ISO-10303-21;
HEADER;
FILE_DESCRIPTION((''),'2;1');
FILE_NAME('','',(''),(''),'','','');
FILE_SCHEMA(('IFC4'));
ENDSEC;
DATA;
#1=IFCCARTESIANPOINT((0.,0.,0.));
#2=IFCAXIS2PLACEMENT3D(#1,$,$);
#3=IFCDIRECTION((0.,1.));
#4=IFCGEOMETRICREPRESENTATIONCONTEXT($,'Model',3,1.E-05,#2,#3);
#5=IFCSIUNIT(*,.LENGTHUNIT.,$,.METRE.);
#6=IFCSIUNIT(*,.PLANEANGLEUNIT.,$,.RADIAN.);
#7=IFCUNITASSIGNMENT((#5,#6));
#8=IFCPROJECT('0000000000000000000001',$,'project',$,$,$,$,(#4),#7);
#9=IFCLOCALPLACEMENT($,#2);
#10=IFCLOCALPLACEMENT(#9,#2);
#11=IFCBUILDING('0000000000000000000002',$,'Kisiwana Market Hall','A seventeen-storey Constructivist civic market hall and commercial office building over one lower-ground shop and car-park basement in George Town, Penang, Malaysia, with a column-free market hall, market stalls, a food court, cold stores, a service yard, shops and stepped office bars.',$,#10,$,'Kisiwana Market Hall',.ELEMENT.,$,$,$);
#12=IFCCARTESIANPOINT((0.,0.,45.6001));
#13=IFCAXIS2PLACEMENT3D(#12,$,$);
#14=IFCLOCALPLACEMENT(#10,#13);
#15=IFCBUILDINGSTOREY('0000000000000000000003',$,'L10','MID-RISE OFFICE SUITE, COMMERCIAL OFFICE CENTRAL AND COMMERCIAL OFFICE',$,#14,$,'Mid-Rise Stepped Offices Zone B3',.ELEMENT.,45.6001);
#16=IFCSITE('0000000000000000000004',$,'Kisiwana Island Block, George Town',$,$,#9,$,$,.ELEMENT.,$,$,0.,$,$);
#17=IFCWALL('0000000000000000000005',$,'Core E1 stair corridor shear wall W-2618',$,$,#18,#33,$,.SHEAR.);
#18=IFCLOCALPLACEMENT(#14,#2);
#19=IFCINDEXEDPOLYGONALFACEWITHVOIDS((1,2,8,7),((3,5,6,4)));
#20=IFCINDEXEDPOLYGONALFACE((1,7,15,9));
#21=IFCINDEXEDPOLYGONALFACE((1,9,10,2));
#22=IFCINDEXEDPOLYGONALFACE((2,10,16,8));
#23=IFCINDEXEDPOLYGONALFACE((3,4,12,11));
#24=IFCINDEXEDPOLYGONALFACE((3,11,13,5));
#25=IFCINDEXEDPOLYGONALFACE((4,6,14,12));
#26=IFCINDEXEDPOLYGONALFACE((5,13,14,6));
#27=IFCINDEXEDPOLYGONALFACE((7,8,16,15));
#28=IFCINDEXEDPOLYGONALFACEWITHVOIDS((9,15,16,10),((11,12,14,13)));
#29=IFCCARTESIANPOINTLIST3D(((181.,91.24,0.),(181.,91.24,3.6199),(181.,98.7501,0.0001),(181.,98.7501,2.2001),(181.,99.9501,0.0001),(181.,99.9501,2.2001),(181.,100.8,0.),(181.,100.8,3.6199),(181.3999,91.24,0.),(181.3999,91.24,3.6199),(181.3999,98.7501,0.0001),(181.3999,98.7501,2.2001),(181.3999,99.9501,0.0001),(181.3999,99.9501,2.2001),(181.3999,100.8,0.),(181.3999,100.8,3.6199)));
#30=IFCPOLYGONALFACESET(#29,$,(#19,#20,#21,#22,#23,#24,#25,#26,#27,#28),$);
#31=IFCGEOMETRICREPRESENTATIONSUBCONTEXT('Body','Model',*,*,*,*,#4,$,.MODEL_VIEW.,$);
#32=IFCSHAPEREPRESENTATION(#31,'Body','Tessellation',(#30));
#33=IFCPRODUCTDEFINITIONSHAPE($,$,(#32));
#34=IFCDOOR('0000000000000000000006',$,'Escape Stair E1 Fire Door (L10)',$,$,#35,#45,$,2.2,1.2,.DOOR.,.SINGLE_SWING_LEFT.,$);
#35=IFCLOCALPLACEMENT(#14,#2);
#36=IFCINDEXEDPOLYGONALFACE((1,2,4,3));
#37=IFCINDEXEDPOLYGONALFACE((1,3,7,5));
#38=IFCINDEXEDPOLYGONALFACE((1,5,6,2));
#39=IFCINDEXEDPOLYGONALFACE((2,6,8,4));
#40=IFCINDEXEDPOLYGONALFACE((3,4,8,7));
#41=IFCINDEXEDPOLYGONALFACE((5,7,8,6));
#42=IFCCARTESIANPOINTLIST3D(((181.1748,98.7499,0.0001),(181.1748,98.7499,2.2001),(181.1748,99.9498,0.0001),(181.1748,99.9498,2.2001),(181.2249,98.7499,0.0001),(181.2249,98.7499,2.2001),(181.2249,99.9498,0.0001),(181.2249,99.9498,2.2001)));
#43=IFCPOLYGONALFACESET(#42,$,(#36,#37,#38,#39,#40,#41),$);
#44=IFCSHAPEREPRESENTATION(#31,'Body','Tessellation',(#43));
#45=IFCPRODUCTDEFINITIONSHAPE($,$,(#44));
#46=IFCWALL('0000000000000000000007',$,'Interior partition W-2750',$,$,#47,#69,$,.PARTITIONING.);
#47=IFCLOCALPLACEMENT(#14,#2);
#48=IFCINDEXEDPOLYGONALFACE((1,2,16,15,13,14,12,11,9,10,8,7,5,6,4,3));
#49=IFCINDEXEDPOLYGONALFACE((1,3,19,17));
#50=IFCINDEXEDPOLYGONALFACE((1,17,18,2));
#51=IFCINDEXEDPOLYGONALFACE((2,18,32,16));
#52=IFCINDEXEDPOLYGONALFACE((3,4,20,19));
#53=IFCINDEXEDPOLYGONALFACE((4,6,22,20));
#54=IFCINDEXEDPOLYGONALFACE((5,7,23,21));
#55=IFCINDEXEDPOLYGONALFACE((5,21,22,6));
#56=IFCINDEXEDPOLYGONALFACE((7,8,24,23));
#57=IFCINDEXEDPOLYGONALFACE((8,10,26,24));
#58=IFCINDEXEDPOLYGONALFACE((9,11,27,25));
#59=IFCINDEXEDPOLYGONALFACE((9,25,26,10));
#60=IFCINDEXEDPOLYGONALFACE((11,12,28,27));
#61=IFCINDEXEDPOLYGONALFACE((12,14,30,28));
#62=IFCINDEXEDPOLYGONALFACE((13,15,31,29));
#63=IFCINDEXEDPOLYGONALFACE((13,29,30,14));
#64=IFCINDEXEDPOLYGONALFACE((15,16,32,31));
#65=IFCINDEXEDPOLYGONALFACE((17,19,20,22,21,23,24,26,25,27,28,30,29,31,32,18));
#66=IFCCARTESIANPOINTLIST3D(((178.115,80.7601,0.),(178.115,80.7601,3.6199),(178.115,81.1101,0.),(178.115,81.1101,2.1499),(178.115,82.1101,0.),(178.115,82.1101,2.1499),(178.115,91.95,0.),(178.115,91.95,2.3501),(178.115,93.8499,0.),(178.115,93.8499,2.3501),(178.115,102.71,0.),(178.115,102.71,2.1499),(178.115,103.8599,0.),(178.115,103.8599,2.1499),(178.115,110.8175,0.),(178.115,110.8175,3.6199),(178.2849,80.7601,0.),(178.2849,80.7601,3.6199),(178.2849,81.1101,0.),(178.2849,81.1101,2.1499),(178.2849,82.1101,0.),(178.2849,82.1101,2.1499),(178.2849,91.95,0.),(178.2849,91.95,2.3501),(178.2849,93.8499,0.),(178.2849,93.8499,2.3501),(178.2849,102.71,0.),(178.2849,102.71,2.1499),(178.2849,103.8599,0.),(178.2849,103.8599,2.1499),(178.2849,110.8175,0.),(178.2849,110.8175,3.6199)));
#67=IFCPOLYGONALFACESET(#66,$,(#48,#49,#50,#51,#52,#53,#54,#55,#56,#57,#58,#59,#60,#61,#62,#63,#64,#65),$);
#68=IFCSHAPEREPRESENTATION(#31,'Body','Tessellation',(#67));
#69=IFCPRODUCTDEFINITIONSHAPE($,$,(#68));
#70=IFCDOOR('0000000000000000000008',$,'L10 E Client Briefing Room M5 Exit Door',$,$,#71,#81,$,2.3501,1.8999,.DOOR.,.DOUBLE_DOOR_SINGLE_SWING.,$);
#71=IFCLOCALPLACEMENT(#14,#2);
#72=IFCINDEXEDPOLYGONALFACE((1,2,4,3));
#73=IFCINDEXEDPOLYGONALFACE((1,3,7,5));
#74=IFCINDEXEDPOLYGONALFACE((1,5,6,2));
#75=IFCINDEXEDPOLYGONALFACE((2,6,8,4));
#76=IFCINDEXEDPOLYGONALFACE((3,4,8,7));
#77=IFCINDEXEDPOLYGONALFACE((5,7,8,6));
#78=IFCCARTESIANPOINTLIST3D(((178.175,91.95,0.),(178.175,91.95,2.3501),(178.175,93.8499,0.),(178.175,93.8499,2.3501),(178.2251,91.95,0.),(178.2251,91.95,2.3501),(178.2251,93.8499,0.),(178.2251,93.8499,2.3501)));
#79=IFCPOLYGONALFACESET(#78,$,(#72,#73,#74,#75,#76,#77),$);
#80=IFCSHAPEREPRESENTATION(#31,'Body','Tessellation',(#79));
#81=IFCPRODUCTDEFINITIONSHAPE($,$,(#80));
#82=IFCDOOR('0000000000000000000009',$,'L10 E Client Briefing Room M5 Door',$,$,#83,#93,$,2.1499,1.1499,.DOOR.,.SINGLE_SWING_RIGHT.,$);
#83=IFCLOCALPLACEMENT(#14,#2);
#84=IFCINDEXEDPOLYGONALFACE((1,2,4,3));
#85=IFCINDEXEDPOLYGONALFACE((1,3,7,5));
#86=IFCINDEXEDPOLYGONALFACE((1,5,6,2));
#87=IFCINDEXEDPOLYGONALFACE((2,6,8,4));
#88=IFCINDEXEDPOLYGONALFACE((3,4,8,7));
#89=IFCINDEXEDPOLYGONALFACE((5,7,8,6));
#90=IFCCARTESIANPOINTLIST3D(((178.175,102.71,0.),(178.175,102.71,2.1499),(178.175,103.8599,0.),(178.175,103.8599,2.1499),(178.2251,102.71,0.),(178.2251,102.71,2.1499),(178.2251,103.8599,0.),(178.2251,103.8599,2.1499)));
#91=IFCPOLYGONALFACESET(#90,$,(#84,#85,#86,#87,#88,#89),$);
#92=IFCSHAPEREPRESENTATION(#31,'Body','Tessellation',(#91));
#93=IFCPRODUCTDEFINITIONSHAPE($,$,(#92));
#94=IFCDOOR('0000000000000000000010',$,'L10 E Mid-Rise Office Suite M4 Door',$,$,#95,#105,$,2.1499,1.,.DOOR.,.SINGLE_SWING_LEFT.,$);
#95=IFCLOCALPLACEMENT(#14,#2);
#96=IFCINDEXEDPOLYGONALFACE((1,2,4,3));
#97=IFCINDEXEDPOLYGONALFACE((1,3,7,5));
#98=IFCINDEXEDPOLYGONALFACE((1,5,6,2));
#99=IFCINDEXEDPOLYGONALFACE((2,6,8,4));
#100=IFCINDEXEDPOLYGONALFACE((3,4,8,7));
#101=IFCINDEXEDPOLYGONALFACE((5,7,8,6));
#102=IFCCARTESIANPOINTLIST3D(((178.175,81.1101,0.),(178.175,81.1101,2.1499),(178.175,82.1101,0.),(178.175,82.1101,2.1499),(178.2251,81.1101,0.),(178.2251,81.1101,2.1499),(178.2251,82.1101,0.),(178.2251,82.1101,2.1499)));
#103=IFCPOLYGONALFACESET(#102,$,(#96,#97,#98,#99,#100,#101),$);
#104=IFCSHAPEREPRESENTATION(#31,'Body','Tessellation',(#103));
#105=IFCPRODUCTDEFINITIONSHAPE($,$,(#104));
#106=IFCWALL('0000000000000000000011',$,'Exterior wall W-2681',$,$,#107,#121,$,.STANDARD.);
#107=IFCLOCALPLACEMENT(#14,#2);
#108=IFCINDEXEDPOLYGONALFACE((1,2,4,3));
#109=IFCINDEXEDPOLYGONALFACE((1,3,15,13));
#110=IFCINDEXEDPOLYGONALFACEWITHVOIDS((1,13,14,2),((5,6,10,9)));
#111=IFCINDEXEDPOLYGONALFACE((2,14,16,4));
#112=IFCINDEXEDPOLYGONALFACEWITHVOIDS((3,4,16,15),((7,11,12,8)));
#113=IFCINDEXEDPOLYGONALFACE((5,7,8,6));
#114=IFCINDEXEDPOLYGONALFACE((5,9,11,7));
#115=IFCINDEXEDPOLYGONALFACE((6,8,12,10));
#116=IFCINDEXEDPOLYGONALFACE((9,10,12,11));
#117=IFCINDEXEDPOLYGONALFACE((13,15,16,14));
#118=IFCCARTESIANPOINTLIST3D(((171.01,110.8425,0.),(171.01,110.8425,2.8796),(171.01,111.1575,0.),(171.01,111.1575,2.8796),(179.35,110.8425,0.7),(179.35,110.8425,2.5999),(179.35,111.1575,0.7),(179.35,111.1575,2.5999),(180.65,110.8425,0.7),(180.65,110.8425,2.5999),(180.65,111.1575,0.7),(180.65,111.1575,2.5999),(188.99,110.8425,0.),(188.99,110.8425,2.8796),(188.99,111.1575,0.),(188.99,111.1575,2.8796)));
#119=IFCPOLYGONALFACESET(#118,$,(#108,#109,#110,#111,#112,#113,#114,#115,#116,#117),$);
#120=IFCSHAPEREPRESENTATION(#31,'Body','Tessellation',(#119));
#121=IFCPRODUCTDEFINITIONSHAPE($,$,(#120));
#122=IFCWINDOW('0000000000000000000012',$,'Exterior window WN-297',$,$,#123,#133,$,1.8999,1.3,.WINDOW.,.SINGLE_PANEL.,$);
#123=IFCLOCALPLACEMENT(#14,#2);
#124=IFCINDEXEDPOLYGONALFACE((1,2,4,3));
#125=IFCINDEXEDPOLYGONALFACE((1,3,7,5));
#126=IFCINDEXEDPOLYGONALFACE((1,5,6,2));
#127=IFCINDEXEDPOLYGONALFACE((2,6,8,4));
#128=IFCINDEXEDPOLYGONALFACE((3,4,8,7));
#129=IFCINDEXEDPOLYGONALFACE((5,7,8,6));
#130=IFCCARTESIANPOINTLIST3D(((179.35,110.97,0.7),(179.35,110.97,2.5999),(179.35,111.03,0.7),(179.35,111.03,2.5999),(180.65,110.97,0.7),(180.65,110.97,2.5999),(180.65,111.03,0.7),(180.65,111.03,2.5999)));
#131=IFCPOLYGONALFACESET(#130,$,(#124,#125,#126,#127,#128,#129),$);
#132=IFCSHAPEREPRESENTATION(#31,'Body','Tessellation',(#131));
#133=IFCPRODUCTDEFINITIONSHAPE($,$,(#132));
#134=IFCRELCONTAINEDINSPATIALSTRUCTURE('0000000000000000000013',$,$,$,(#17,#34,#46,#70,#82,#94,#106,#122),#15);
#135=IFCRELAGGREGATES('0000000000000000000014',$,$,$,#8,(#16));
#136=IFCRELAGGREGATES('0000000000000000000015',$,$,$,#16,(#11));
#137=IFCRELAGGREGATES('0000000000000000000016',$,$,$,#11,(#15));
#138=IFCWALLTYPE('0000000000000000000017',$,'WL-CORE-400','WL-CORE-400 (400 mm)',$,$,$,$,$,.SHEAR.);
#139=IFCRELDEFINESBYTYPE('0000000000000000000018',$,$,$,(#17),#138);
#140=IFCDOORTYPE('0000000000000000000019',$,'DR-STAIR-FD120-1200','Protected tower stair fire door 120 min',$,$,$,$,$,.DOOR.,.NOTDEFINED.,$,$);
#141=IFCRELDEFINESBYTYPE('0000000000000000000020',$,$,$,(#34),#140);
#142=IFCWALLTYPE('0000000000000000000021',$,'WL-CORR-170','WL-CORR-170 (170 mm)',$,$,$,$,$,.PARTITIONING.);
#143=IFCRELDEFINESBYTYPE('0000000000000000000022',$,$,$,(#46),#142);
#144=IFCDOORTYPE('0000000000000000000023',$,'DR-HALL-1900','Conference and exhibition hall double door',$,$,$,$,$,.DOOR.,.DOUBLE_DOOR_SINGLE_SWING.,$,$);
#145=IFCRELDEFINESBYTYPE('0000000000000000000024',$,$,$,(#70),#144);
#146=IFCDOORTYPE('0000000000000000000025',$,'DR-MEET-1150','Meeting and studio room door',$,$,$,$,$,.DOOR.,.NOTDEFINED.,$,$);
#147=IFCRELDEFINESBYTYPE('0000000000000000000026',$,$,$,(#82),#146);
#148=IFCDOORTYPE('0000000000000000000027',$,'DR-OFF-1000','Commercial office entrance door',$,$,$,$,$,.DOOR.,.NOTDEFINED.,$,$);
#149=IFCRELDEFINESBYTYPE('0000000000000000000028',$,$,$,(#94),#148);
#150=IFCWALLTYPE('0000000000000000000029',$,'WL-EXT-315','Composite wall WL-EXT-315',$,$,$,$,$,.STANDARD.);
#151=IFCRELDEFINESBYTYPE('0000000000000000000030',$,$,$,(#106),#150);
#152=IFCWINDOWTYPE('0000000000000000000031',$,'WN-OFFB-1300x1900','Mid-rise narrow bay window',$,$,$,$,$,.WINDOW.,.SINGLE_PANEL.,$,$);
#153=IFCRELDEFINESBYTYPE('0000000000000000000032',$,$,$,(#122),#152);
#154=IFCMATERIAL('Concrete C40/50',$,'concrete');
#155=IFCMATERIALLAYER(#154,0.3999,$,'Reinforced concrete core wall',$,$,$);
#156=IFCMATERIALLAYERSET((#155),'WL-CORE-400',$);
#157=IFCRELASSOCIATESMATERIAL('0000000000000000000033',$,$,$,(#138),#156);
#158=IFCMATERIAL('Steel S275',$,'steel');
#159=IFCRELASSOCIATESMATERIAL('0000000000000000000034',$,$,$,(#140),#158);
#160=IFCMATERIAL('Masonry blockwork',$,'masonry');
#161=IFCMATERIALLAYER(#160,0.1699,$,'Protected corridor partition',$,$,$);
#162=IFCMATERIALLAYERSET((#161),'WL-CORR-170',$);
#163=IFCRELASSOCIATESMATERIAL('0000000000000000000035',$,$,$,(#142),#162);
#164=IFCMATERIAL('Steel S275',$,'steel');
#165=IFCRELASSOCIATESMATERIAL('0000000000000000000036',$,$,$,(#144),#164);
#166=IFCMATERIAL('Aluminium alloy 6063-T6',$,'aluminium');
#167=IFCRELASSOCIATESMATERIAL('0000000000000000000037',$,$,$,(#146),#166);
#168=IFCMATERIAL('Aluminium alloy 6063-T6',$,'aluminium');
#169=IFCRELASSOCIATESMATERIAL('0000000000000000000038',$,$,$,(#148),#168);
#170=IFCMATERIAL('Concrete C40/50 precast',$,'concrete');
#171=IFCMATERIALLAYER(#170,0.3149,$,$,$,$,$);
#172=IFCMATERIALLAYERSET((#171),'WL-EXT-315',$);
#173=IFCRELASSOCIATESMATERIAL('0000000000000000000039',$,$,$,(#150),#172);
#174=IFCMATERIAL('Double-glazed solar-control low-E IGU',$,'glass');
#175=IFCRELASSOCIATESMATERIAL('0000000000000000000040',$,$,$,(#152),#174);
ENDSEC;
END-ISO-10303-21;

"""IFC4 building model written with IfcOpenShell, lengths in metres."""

from ifc_helpers import new_model, si_unit, direction, frame, frame_2d, origin, place, context, subcontext, project, spatial, rectangle, extrude, material, layer, layer_set, type_object, element, fill, save


model = new_model("IFC4")

# Units and contexts
model_context = context("Model", 3, precision=1e-05, world=origin(), true_north=direction((0.0, 1.0)))
body_context = subcontext(model_context, "Body", "Model", "MODEL_VIEW")
ifc_project = project(units=[si_unit("LENGTHUNIT", "METRE"), si_unit("PLANEANGLEUNIT", "RADIAN")], contexts=[model_context])

# Site, building, storey
site_placement = place(None, origin())
site = spatial("IfcSite", under=ifc_project, at=site_placement, Name="Kisiwana Island Block, George Town", CompositionType="ELEMENT", RefElevation=0.0)
building_placement = place(site_placement, origin())
building = spatial("IfcBuilding", under=site, at=building_placement, Name="Kisiwana Market Hall", Description="A seventeen-storey Constructivist civic market hall and commercial office building over one lower-ground shop and car-park basement in George Town, Penang, Malaysia, with a column-free market hall, market stalls, a food court, cold stores, a service yard, shops and stepped office bars.", LongName="Kisiwana Market Hall", CompositionType="ELEMENT")
storey_placement = place(building_placement, frame((0.0, 0.0, 45.6001)))
storey = spatial("IfcBuildingStorey", under=building, at=storey_placement, Name="L10", Description="MID-RISE OFFICE SUITE, COMMERCIAL OFFICE CENTRAL AND COMMERCIAL OFFICE", LongName="Mid-Rise Stepped Offices Zone B3", CompositionType="ELEMENT", Elevation=45.6001)

# Shared definitions
ifc_material_1 = material(Name="Concrete C40/50", Category="concrete")
ifc_layer_1 = layer(ifc_material_1, 0.3999, Name="Reinforced concrete core wall")
ifc_layer_set_1 = layer_set([ifc_layer_1], Name="WL-CORE-400")
wall_type_1 = type_object("IfcWallType", Name="WL-CORE-400", Description="WL-CORE-400 (400 mm)", PredefinedType="SHEAR", material=ifc_layer_set_1)

# Wall, opening, door
wall_1_placement = place(storey_placement, frame((181.2, 91.24, 0.0), z_axis=(0.0, 0.0, 1.0), x_axis=(0.0, 1.0, 0.0)))
wall_1 = element("IfcWall", 1, at=wall_1_placement, inside=storey, type_object=wall_type_1, Name="Core E1 stair corridor shear wall W-2618", PredefinedType="SHEAR", context=body_context, shape_type="SweptSolid", body=[
    extrude(rectangle(XDim=9.5601, YDim=0.3999, at=frame_2d((4.78, 0.0))), origin(), (0.0, 0.0, 1.0), 3.6199),
])
opening_1_placement = place(wall_1_placement, frame((7.51, 0.0, 0.0)))
opening_1 = element("IfcOpeningElement", 2, at=opening_1_placement, cuts=wall_1, PredefinedType="OPENING", context=body_context, shape_type="SweptSolid", body=[
    extrude(rectangle(XDim=1.2, YDim=2.2, at=frame_2d((0.6001, 1.1001))), frame((0.0, 0.2119, 0.0), z_axis=(0.0, -1.0, 0.0), x_axis=(1.0, 0.0, 0.0)), (0.0, 0.0, 1.0), 0.4238),
])
ifc_material_2 = material(Name="Steel S275", Category="steel")
door_type_1 = type_object("IfcDoorType", Name="DR-STAIR-FD120-1200", Description="Protected tower stair fire door 120 min", OperationType="NOTDEFINED", PredefinedType="DOOR", material=ifc_material_2)
door_1_placement = place(opening_1_placement, frame((1.2, 0.0, 0.0), z_axis=(0.0, 0.0, 1.0), x_axis=(-1.0, 0.0, 0.0)))
door_1 = element("IfcDoor", 3, at=door_1_placement, inside=storey, type_object=door_type_1, Name="Escape Stair E1 Fire Door (L10)", OperationType="SINGLE_SWING_LEFT", OverallHeight=2.2, OverallWidth=1.2, PredefinedType="DOOR", context=body_context, shape_type="SweptSolid", body=[
    extrude(rectangle(XDim=1.2, YDim=2.2, at=frame_2d((0.6001, 1.1001))), frame((0.0, 0.0249, 0.0), z_axis=(0.0, -1.0, 0.0), x_axis=(1.0, 0.0, 0.0)), (0.0, 0.0, 1.0), 0.05),
])
fill(opening_1, door_1)

# Wall, openings, doors
ifc_material_3 = material(Name="Masonry blockwork", Category="masonry")
ifc_layer_2 = layer(ifc_material_3, 0.1699, Name="Protected corridor partition")
ifc_layer_set_2 = layer_set([ifc_layer_2], Name="WL-CORR-170")
wall_type_2 = type_object("IfcWallType", Name="WL-CORR-170", Description="WL-CORR-170 (170 mm)", PredefinedType="PARTITIONING", material=ifc_layer_set_2)
wall_2_placement = place(storey_placement, frame((178.2, 80.76, 0.0), z_axis=(0.0, 0.0, 1.0), x_axis=(0.0, 1.0, 0.0)))
wall_2 = element("IfcWall", 4, at=wall_2_placement, inside=storey, type_object=wall_type_2, Name="Interior partition W-2750", PredefinedType="PARTITIONING", context=body_context, shape_type="SweptSolid", body=[
    extrude(rectangle(XDim=30.0574, YDim=0.1699, at=frame_2d((15.0288, 0.0))), origin(), (0.0, 0.0, 1.0), 3.6199),
])
opening_2_placement = place(wall_2_placement, frame((0.3501, 0.0, 0.0)))
opening_2 = element("IfcOpeningElement", 5, at=opening_2_placement, cuts=wall_2, PredefinedType="OPENING", context=body_context, shape_type="SweptSolid", body=[
    extrude(rectangle(XDim=1.0, YDim=2.1499, at=frame_2d((0.5, 1.075))), frame((0.0, 0.0969, 0.0), z_axis=(0.0, -1.0, 0.0), x_axis=(1.0, 0.0, 0.0)), (0.0, 0.0, 1.0), 0.1938),
])
opening_3_placement = place(wall_2_placement, frame((21.95, 0.0, 0.0)))
opening_3 = element("IfcOpeningElement", 6, at=opening_3_placement, cuts=wall_2, PredefinedType="OPENING", context=body_context, shape_type="SweptSolid", body=[
    extrude(rectangle(XDim=1.1499, YDim=2.1499, at=frame_2d((0.575, 1.075))), frame((0.0, 0.0969, 0.0), z_axis=(0.0, -1.0, 0.0), x_axis=(1.0, 0.0, 0.0)), (0.0, 0.0, 1.0), 0.1938),
])
opening_4_placement = place(wall_2_placement, frame((11.1899, 0.0, 0.0)))
opening_4 = element("IfcOpeningElement", 7, at=opening_4_placement, cuts=wall_2, PredefinedType="OPENING", context=body_context, shape_type="SweptSolid", body=[
    extrude(rectangle(XDim=1.8999, YDim=2.3501, at=frame_2d((0.95, 1.175))), frame((0.0, 0.0969, 0.0), z_axis=(0.0, -1.0, 0.0), x_axis=(1.0, 0.0, 0.0)), (0.0, 0.0, 1.0), 0.1938),
])
ifc_material_4 = material(Name="Steel S275", Category="steel")
door_type_2 = type_object("IfcDoorType", Name="DR-HALL-1900", Description="Conference and exhibition hall double door", OperationType="DOUBLE_DOOR_SINGLE_SWING", PredefinedType="DOOR", material=ifc_material_4)
door_2_placement = place(opening_4_placement, origin())
door_2 = element("IfcDoor", 8, at=door_2_placement, inside=storey, type_object=door_type_2, Name="L10 E Client Briefing Room M5 Exit Door", OperationType="DOUBLE_DOOR_SINGLE_SWING", OverallHeight=2.3501, OverallWidth=1.8999, PredefinedType="DOOR", context=body_context, shape_type="SweptSolid", body=[
    extrude(rectangle(XDim=1.8999, YDim=2.3501, at=frame_2d((0.95, 1.175))), frame((0.0, 0.0249, 0.0), z_axis=(0.0, -1.0, 0.0), x_axis=(1.0, 0.0, 0.0)), (0.0, 0.0, 1.0), 0.05),
])
fill(opening_4, door_2)
ifc_material_5 = material(Name="Aluminium alloy 6063-T6", Category="aluminium")
door_type_3 = type_object("IfcDoorType", Name="DR-MEET-1150", Description="Meeting and studio room door", OperationType="NOTDEFINED", PredefinedType="DOOR", material=ifc_material_5)
door_3_placement = place(opening_3_placement, origin())
door_3 = element("IfcDoor", 9, at=door_3_placement, inside=storey, type_object=door_type_3, Name="L10 E Client Briefing Room M5 Door", OperationType="SINGLE_SWING_RIGHT", OverallHeight=2.1499, OverallWidth=1.1499, PredefinedType="DOOR", context=body_context, shape_type="SweptSolid", body=[
    extrude(rectangle(XDim=1.1499, YDim=2.1499, at=frame_2d((0.575, 1.075))), frame((0.0, 0.0249, 0.0), z_axis=(0.0, -1.0, 0.0), x_axis=(1.0, 0.0, 0.0)), (0.0, 0.0, 1.0), 0.05),
])
fill(opening_3, door_3)
ifc_material_6 = material(Name="Aluminium alloy 6063-T6", Category="aluminium")
door_type_4 = type_object("IfcDoorType", Name="DR-OFF-1000", Description="Commercial office entrance door", OperationType="NOTDEFINED", PredefinedType="DOOR", material=ifc_material_6)
door_4_placement = place(opening_2_placement, origin())
door_4 = element("IfcDoor", 10, at=door_4_placement, inside=storey, type_object=door_type_4, Name="L10 E Mid-Rise Office Suite M4 Door", OperationType="SINGLE_SWING_LEFT", OverallHeight=2.1499, OverallWidth=1.0, PredefinedType="DOOR", context=body_context, shape_type="SweptSolid", body=[
    extrude(rectangle(XDim=1.0, YDim=2.1499, at=frame_2d((0.5, 1.075))), frame((0.0, 0.0249, 0.0), z_axis=(0.0, -1.0, 0.0), x_axis=(1.0, 0.0, 0.0)), (0.0, 0.0, 1.0), 0.05),
])
fill(opening_2, door_4)

# Wall, opening, window
ifc_material_7 = material(Name="Concrete C40/50 precast", Category="concrete")
ifc_layer_3 = layer(ifc_material_7, 0.3149)
ifc_layer_set_3 = layer_set([ifc_layer_3], Name="WL-EXT-315")
wall_type_3 = type_object("IfcWallType", Name="WL-EXT-315", Description="Composite wall WL-EXT-315", PredefinedType="STANDARD", material=ifc_layer_set_3)
wall_3_placement = place(storey_placement, frame((171.01, 111.0, 0.0), z_axis=(0.0, 0.0, 1.0), x_axis=(1.0, 0.0, 0.0)))
wall_3 = element("IfcWall", 11, at=wall_3_placement, inside=storey, type_object=wall_type_3, Name="Exterior wall W-2681", PredefinedType="STANDARD", context=body_context, shape_type="SweptSolid", body=[
    extrude(rectangle(XDim=17.98, YDim=0.3149, at=frame_2d((8.99, 0.0))), origin(), (0.0, 0.0, 1.0), 2.8796),
])
opening_5_placement = place(wall_3_placement, frame((8.3401, 0.0, 0.7)))
opening_5 = element("IfcOpeningElement", 12, at=opening_5_placement, cuts=wall_3, PredefinedType="OPENING", context=body_context, shape_type="SweptSolid", body=[
    extrude(rectangle(XDim=1.3, YDim=1.8999, at=frame_2d((0.6499, 0.95))), frame((0.0, 0.1694, 0.0), z_axis=(0.0, -1.0, 0.0), x_axis=(1.0, 0.0, 0.0)), (0.0, 0.0, 1.0), 0.3389),
])
ifc_material_8 = material(Name="Double-glazed solar-control low-E IGU", Category="glass")
window_type = type_object("IfcWindowType", Name="WN-OFFB-1300x1900", Description="Mid-rise narrow bay window", PartitioningType="SINGLE_PANEL", PredefinedType="WINDOW", material=ifc_material_8)
window_placement = place(opening_5_placement, origin())
window = element("IfcWindow", 13, at=window_placement, inside=storey, type_object=window_type, Name="Exterior window WN-297", OverallHeight=1.8999, OverallWidth=1.3, PartitioningType="SINGLE_PANEL", PredefinedType="WINDOW", context=body_context, shape_type="SweptSolid", body=[
    extrude(rectangle(XDim=1.3, YDim=1.8999, at=frame_2d((0.6499, 0.95))), frame((0.0, 0.03, 0.0), z_axis=(0.0, -1.0, 0.0), x_axis=(1.0, 0.0, 0.0)), (0.0, 0.0, 1.0), 0.0601),
])
fill(opening_5, window)

save(model, "model.ifc")
